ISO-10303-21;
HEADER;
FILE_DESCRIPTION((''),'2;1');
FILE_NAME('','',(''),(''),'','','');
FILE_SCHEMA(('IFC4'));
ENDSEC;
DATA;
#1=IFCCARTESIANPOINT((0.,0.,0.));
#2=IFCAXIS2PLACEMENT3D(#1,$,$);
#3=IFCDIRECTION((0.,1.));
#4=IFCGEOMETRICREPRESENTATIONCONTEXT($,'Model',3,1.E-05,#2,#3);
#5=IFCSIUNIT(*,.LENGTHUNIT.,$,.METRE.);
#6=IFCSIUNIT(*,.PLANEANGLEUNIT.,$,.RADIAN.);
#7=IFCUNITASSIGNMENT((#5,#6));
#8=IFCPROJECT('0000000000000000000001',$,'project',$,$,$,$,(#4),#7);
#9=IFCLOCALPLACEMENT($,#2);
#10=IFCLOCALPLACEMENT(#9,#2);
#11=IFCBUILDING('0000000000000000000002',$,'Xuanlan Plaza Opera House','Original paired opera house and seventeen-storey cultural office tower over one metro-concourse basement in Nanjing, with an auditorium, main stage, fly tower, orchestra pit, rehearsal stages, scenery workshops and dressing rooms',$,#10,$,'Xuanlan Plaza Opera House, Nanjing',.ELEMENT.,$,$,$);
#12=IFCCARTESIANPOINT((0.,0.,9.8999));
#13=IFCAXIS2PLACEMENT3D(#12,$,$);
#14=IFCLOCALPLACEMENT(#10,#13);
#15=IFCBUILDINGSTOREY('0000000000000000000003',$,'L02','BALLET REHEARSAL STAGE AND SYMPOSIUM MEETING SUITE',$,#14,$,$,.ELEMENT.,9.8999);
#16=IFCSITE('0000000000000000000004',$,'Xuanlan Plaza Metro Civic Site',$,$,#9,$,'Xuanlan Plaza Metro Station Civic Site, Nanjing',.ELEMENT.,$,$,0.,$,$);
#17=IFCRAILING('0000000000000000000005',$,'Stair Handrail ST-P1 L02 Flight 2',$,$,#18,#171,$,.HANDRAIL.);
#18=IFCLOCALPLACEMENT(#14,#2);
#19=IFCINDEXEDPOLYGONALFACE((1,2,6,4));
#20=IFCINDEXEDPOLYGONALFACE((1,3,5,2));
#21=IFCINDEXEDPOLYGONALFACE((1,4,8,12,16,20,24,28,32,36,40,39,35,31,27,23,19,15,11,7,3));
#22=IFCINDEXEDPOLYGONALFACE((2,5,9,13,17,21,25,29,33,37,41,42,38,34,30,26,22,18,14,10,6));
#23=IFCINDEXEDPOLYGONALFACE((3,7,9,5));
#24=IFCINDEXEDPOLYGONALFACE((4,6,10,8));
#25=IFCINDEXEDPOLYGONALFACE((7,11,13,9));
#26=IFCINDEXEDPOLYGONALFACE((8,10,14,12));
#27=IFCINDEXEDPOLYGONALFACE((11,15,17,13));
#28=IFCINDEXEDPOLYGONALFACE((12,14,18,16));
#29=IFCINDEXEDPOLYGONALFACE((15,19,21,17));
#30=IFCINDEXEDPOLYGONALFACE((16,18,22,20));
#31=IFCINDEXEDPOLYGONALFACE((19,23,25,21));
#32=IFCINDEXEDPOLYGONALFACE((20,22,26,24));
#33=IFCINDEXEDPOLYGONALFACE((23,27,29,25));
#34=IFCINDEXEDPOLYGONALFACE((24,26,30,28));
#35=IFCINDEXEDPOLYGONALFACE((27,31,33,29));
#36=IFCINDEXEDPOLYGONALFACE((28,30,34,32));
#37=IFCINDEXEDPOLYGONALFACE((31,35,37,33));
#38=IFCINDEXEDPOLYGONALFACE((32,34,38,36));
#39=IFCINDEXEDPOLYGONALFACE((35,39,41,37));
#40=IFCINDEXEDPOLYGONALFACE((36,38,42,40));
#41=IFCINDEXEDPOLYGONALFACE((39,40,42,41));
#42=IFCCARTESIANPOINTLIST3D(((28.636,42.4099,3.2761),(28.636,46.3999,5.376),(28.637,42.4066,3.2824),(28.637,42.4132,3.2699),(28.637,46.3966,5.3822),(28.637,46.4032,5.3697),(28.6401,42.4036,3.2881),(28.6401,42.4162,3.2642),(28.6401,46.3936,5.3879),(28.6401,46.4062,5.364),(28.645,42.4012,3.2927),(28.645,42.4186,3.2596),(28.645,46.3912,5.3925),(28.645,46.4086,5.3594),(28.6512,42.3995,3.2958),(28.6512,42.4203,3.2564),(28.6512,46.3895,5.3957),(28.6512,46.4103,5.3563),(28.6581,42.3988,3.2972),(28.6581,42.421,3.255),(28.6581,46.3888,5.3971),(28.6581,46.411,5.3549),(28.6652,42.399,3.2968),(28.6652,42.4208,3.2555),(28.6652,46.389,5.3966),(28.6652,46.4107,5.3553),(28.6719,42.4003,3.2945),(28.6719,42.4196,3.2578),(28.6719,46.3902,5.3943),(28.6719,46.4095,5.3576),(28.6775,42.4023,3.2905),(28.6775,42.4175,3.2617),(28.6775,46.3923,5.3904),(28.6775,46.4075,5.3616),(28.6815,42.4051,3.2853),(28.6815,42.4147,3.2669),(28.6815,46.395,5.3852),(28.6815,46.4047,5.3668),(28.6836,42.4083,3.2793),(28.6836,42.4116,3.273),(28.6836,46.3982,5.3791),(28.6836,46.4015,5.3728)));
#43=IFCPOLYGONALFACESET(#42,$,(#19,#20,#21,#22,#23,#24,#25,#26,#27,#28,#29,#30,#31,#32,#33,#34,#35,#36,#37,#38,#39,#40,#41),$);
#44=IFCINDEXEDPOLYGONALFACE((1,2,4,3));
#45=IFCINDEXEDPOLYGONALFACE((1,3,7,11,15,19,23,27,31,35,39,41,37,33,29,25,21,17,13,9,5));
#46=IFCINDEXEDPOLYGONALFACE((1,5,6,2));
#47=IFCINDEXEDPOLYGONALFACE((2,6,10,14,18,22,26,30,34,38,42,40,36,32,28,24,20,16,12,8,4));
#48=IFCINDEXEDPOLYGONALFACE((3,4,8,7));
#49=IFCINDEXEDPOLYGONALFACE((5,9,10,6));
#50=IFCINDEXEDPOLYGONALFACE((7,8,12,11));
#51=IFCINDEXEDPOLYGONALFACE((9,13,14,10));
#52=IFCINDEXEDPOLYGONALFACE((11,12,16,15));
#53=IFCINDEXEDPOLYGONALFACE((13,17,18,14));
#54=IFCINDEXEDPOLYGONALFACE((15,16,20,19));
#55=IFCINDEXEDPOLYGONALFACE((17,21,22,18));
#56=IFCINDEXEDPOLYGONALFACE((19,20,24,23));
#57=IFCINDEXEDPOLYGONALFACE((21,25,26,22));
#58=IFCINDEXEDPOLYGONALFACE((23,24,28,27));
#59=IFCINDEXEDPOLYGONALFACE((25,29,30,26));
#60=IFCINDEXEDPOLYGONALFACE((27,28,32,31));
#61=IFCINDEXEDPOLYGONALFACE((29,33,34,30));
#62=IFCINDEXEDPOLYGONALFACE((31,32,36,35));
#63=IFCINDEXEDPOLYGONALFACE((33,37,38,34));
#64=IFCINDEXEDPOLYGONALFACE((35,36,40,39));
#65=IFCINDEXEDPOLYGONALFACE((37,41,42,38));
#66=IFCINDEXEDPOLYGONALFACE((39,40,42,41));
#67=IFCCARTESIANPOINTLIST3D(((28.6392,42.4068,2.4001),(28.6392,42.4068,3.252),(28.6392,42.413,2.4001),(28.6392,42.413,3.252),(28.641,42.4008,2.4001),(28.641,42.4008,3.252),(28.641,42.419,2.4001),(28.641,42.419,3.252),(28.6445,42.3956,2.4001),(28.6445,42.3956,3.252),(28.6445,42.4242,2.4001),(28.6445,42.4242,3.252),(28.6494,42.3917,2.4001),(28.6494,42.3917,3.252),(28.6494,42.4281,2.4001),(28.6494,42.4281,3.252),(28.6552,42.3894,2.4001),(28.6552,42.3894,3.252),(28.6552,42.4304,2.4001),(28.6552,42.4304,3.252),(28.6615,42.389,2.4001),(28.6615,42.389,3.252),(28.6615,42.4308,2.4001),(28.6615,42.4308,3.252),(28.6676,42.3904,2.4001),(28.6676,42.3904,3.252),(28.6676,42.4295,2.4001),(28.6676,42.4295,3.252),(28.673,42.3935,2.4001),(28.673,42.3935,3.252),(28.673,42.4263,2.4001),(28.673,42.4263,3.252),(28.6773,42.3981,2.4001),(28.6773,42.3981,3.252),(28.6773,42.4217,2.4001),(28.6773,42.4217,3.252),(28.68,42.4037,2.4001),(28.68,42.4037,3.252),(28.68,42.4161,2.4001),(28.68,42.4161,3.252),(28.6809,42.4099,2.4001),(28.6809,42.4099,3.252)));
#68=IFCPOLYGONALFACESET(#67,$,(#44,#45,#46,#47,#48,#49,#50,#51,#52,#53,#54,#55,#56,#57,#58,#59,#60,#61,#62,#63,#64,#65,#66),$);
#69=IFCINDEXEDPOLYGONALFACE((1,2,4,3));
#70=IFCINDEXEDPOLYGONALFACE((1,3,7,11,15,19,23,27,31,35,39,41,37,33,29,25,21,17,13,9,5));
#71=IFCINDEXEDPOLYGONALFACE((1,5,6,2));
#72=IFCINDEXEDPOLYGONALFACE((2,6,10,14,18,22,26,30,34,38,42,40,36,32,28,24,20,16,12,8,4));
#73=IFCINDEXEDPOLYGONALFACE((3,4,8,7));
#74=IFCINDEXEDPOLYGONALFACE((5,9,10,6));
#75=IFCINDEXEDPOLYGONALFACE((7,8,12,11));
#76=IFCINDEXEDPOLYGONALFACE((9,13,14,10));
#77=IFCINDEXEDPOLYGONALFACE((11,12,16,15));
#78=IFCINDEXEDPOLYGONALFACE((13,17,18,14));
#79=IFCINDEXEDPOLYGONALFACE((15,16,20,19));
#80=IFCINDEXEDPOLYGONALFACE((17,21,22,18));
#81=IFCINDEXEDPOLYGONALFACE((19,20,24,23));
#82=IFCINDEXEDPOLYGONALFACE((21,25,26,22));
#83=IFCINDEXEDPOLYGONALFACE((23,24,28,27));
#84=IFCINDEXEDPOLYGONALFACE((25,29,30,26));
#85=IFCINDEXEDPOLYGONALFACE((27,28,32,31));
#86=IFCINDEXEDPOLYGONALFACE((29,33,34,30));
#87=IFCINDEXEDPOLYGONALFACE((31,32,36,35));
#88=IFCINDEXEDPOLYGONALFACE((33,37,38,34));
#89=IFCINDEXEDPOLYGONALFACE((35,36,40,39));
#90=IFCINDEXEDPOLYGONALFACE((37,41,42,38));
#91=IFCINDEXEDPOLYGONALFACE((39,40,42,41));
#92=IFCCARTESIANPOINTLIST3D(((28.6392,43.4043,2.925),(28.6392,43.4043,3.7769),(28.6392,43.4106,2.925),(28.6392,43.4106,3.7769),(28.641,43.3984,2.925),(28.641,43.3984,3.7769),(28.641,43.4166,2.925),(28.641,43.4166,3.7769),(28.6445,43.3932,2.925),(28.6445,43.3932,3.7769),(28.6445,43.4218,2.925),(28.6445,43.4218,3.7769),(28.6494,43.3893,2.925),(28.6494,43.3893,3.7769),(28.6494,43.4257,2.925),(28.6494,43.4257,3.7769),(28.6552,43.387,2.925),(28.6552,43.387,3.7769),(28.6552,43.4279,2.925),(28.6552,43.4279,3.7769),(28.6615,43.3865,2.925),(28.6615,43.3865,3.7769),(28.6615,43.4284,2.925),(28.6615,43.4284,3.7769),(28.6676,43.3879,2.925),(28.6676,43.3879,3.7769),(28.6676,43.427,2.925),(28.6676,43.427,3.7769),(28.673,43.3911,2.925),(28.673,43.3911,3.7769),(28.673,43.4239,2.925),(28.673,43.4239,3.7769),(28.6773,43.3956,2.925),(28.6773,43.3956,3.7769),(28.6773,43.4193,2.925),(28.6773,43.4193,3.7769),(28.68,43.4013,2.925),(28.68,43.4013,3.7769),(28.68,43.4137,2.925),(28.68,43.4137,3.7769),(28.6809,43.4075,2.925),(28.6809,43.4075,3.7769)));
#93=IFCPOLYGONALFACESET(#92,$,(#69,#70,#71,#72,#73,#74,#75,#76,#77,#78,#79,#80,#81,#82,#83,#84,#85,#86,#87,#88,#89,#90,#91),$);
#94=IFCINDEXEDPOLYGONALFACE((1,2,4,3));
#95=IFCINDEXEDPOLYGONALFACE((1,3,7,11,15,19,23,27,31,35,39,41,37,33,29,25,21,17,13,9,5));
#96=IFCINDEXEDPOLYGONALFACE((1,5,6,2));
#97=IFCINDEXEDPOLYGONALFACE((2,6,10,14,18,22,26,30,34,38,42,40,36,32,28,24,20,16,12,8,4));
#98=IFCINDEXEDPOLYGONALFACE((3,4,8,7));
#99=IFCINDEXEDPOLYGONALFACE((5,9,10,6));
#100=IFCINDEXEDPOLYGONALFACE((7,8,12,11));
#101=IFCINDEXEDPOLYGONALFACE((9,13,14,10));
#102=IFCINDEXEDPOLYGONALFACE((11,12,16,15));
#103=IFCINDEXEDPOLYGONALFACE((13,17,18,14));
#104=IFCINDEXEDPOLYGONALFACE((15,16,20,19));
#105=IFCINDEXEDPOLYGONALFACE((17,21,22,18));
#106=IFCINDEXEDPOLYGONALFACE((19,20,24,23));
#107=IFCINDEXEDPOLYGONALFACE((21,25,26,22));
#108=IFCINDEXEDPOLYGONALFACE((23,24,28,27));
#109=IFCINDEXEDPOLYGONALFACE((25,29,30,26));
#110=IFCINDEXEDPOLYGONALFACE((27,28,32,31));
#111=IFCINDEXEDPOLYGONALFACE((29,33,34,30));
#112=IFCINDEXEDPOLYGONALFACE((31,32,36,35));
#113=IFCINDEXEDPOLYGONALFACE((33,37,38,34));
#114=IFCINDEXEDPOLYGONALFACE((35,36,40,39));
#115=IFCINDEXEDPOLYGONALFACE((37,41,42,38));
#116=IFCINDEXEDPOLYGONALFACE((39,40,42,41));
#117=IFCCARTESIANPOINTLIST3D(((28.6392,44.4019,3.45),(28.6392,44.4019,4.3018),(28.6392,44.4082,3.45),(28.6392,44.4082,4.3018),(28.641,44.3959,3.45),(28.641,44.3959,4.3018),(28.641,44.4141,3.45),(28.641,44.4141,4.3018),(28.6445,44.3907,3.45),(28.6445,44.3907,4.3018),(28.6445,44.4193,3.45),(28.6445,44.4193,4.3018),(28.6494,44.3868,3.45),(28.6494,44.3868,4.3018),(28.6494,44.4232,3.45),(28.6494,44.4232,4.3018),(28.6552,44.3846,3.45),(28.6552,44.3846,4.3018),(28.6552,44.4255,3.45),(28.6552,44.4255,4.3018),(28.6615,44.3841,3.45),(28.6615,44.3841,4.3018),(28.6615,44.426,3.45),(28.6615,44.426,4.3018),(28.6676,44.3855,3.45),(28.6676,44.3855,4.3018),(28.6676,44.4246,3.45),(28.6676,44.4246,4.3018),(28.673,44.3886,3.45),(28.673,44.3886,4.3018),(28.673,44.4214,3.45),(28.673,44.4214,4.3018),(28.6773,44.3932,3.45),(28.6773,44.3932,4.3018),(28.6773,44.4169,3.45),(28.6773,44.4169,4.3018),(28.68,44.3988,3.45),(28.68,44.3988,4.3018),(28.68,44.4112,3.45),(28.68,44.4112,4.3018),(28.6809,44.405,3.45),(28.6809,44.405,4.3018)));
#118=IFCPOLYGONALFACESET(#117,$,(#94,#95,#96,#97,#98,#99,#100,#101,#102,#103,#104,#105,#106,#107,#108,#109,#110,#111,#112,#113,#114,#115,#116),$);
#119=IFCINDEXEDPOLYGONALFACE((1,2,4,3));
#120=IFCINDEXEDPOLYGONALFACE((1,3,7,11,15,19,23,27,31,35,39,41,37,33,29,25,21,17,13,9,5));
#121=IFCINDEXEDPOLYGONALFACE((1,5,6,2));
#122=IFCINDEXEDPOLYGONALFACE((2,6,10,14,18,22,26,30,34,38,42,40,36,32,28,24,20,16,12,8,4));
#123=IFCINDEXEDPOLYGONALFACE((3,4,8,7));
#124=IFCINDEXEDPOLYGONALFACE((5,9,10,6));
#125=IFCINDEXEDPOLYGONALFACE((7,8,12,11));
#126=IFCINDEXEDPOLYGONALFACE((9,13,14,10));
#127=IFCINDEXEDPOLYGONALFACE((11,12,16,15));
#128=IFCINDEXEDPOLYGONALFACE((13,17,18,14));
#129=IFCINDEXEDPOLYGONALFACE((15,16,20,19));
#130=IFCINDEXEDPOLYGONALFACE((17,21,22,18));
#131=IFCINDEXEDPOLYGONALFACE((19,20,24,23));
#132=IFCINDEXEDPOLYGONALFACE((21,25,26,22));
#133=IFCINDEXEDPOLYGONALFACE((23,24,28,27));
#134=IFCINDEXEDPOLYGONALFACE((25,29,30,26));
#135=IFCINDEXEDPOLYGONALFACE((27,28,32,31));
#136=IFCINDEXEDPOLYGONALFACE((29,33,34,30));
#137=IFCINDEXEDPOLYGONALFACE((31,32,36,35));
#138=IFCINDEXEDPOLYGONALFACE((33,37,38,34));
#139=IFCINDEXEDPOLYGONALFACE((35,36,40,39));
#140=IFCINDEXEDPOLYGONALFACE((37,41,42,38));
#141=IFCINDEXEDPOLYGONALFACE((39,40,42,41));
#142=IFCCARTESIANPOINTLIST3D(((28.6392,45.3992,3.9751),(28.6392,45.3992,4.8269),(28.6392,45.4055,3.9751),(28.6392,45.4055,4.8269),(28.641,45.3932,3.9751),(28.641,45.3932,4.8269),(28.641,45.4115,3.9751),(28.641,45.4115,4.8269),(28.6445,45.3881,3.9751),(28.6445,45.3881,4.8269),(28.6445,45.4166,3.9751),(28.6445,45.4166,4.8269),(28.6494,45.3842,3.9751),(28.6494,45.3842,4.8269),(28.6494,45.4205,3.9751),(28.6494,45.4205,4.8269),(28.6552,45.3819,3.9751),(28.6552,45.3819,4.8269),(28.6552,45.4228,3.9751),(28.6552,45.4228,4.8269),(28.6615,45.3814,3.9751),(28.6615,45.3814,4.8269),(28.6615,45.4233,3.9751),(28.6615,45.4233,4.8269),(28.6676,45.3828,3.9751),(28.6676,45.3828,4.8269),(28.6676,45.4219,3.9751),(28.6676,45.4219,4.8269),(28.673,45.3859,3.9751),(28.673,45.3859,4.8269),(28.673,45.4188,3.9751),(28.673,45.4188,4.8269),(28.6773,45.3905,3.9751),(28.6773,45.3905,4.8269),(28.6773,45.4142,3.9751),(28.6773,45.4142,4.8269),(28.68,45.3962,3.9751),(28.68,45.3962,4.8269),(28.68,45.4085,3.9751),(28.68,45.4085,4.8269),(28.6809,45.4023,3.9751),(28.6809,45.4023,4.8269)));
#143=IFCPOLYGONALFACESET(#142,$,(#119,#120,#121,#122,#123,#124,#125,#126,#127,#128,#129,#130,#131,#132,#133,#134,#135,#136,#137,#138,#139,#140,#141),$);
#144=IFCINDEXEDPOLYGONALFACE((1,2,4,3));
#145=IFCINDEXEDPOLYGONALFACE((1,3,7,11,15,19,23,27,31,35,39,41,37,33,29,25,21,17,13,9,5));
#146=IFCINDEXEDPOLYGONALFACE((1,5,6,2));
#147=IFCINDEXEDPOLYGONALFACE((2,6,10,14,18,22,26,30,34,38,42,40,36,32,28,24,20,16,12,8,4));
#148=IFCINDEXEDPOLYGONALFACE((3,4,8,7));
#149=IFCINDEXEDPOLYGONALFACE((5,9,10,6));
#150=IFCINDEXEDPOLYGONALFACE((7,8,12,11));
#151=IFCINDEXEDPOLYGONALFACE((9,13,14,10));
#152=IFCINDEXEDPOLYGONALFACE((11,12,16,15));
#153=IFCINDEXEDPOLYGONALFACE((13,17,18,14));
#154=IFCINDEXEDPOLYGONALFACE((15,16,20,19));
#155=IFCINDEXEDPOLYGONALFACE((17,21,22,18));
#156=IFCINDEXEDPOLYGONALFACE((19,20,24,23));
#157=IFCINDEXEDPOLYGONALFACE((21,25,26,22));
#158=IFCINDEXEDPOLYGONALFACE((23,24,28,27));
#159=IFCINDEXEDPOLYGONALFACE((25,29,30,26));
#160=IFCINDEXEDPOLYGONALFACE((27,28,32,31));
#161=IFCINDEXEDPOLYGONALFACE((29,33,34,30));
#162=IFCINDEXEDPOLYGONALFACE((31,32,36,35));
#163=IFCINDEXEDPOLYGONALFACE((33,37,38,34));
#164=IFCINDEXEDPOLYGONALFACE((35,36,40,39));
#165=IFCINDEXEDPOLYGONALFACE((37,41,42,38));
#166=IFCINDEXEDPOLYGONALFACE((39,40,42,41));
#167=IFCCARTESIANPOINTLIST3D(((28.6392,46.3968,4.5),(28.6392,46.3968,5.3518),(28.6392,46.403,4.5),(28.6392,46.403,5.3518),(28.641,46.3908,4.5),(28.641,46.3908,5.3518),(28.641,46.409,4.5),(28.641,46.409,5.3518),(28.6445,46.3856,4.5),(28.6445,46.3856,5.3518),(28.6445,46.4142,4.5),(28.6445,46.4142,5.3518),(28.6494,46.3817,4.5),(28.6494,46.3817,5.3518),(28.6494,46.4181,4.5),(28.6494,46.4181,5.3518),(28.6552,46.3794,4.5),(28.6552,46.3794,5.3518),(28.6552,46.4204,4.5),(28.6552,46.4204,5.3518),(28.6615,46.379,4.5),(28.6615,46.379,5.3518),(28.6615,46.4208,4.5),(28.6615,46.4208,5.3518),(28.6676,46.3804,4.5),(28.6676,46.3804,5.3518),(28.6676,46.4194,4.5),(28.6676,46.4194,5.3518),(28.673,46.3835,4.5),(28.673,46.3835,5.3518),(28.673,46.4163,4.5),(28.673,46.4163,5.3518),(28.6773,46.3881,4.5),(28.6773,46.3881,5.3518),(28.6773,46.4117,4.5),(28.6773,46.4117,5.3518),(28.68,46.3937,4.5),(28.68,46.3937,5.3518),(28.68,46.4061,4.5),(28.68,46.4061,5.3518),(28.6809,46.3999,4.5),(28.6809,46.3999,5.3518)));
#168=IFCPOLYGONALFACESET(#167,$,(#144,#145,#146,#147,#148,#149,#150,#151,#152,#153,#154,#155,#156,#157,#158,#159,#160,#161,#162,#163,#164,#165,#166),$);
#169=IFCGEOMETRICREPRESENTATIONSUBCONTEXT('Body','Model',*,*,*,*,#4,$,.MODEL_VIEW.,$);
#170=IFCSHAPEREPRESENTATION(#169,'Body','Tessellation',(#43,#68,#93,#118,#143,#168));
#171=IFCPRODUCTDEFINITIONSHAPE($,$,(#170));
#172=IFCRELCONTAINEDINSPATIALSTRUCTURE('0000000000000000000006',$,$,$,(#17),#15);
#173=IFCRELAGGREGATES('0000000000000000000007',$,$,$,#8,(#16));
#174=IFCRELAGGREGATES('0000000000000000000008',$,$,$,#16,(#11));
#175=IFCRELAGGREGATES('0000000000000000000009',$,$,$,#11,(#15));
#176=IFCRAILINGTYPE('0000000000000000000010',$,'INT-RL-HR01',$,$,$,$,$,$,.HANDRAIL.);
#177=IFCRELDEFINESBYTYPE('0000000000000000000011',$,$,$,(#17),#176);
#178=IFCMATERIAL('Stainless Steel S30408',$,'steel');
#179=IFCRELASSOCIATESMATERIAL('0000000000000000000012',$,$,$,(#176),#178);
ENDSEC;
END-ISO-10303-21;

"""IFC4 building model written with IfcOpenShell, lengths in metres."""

from ifc_helpers import new_model, si_unit, direction, frame, origin, origin_2d, place, context, subcontext, project, spatial, circle, extrude, material, type_object, element, save


model = new_model("IFC4")

# Units and contexts
model_context = context("Model", 3, precision=1e-05, world=origin(), true_north=direction((0.0, 1.0)))
body_context = subcontext(model_context, "Body", "Model", "MODEL_VIEW")
ifc_project = project(units=[si_unit("LENGTHUNIT", "METRE"), si_unit("PLANEANGLEUNIT", "RADIAN")], contexts=[model_context])

# Site, building, storey
site_placement = place(None, origin())
site = spatial("IfcSite", under=ifc_project, at=site_placement, Name="Xuanlan Plaza Metro Civic Site", LongName="Xuanlan Plaza Metro Station Civic Site, Nanjing", CompositionType="ELEMENT", RefElevation=0.0)
building_placement = place(site_placement, origin())
building = spatial("IfcBuilding", under=site, at=building_placement, Name="Xuanlan Plaza Opera House", Description="Original paired opera house and seventeen-storey cultural office tower over one metro-concourse basement in Nanjing, with an auditorium, main stage, fly tower, orchestra pit, rehearsal stages, scenery workshops and dressing rooms", LongName="Xuanlan Plaza Opera House, Nanjing", CompositionType="ELEMENT")
storey_placement = place(building_placement, frame((0.0, 0.0, 9.8999)))
storey = spatial("IfcBuildingStorey", under=building, at=storey_placement, Name="L02", Description="BALLET REHEARSAL STAGE AND SYMPOSIUM MEETING SUITE", CompositionType="ELEMENT", Elevation=9.8999)

# Railing
ifc_material_1 = material(Name="Stainless Steel S30408", Category="steel")
railing_type = type_object("IfcRailingType", Name="INT-RL-HR01", PredefinedType="HANDRAIL", material=ifc_material_1)
railing_placement = place(storey_placement, frame((28.6599, 42.4099, 2.4001)))
element("IfcRailing", 1, at=railing_placement, inside=storey, type_object=railing_type, Name="Stair Handrail ST-P1 L02 Flight 2", PredefinedType="HANDRAIL", context=body_context, shape_type="SweptSolid", body=[
    extrude(circle(Radius=0.0239, at=origin_2d()), frame((0.0, 0.0, 0.876), z_axis=(0.0, 0.884931, 0.465722), x_axis=(-1.0, 0.0, 0.0)), (0.0, 0.0, 1.0), 4.5088),
    extrude(circle(Radius=0.021, at=origin_2d()), origin(), (0.0, 0.0, 1.0), 0.8518),
    extrude(circle(Radius=0.021, at=origin_2d()), frame((0.0, 0.9976, 0.5249)), (0.0, 0.0, 1.0), 0.8518),
    extrude(circle(Radius=0.021, at=origin_2d()), frame((0.0, 1.9951, 1.0498)), (0.0, 0.0, 1.0), 0.8518),
    extrude(circle(Radius=0.021, at=origin_2d()), frame((0.0, 2.9924, 1.575)), (0.0, 0.0, 1.0), 0.8518),
    extrude(circle(Radius=0.021, at=origin_2d()), frame((0.0, 3.99, 2.0999)), (0.0, 0.0, 1.0), 0.8518),
])

save(model, "model.ifc")
